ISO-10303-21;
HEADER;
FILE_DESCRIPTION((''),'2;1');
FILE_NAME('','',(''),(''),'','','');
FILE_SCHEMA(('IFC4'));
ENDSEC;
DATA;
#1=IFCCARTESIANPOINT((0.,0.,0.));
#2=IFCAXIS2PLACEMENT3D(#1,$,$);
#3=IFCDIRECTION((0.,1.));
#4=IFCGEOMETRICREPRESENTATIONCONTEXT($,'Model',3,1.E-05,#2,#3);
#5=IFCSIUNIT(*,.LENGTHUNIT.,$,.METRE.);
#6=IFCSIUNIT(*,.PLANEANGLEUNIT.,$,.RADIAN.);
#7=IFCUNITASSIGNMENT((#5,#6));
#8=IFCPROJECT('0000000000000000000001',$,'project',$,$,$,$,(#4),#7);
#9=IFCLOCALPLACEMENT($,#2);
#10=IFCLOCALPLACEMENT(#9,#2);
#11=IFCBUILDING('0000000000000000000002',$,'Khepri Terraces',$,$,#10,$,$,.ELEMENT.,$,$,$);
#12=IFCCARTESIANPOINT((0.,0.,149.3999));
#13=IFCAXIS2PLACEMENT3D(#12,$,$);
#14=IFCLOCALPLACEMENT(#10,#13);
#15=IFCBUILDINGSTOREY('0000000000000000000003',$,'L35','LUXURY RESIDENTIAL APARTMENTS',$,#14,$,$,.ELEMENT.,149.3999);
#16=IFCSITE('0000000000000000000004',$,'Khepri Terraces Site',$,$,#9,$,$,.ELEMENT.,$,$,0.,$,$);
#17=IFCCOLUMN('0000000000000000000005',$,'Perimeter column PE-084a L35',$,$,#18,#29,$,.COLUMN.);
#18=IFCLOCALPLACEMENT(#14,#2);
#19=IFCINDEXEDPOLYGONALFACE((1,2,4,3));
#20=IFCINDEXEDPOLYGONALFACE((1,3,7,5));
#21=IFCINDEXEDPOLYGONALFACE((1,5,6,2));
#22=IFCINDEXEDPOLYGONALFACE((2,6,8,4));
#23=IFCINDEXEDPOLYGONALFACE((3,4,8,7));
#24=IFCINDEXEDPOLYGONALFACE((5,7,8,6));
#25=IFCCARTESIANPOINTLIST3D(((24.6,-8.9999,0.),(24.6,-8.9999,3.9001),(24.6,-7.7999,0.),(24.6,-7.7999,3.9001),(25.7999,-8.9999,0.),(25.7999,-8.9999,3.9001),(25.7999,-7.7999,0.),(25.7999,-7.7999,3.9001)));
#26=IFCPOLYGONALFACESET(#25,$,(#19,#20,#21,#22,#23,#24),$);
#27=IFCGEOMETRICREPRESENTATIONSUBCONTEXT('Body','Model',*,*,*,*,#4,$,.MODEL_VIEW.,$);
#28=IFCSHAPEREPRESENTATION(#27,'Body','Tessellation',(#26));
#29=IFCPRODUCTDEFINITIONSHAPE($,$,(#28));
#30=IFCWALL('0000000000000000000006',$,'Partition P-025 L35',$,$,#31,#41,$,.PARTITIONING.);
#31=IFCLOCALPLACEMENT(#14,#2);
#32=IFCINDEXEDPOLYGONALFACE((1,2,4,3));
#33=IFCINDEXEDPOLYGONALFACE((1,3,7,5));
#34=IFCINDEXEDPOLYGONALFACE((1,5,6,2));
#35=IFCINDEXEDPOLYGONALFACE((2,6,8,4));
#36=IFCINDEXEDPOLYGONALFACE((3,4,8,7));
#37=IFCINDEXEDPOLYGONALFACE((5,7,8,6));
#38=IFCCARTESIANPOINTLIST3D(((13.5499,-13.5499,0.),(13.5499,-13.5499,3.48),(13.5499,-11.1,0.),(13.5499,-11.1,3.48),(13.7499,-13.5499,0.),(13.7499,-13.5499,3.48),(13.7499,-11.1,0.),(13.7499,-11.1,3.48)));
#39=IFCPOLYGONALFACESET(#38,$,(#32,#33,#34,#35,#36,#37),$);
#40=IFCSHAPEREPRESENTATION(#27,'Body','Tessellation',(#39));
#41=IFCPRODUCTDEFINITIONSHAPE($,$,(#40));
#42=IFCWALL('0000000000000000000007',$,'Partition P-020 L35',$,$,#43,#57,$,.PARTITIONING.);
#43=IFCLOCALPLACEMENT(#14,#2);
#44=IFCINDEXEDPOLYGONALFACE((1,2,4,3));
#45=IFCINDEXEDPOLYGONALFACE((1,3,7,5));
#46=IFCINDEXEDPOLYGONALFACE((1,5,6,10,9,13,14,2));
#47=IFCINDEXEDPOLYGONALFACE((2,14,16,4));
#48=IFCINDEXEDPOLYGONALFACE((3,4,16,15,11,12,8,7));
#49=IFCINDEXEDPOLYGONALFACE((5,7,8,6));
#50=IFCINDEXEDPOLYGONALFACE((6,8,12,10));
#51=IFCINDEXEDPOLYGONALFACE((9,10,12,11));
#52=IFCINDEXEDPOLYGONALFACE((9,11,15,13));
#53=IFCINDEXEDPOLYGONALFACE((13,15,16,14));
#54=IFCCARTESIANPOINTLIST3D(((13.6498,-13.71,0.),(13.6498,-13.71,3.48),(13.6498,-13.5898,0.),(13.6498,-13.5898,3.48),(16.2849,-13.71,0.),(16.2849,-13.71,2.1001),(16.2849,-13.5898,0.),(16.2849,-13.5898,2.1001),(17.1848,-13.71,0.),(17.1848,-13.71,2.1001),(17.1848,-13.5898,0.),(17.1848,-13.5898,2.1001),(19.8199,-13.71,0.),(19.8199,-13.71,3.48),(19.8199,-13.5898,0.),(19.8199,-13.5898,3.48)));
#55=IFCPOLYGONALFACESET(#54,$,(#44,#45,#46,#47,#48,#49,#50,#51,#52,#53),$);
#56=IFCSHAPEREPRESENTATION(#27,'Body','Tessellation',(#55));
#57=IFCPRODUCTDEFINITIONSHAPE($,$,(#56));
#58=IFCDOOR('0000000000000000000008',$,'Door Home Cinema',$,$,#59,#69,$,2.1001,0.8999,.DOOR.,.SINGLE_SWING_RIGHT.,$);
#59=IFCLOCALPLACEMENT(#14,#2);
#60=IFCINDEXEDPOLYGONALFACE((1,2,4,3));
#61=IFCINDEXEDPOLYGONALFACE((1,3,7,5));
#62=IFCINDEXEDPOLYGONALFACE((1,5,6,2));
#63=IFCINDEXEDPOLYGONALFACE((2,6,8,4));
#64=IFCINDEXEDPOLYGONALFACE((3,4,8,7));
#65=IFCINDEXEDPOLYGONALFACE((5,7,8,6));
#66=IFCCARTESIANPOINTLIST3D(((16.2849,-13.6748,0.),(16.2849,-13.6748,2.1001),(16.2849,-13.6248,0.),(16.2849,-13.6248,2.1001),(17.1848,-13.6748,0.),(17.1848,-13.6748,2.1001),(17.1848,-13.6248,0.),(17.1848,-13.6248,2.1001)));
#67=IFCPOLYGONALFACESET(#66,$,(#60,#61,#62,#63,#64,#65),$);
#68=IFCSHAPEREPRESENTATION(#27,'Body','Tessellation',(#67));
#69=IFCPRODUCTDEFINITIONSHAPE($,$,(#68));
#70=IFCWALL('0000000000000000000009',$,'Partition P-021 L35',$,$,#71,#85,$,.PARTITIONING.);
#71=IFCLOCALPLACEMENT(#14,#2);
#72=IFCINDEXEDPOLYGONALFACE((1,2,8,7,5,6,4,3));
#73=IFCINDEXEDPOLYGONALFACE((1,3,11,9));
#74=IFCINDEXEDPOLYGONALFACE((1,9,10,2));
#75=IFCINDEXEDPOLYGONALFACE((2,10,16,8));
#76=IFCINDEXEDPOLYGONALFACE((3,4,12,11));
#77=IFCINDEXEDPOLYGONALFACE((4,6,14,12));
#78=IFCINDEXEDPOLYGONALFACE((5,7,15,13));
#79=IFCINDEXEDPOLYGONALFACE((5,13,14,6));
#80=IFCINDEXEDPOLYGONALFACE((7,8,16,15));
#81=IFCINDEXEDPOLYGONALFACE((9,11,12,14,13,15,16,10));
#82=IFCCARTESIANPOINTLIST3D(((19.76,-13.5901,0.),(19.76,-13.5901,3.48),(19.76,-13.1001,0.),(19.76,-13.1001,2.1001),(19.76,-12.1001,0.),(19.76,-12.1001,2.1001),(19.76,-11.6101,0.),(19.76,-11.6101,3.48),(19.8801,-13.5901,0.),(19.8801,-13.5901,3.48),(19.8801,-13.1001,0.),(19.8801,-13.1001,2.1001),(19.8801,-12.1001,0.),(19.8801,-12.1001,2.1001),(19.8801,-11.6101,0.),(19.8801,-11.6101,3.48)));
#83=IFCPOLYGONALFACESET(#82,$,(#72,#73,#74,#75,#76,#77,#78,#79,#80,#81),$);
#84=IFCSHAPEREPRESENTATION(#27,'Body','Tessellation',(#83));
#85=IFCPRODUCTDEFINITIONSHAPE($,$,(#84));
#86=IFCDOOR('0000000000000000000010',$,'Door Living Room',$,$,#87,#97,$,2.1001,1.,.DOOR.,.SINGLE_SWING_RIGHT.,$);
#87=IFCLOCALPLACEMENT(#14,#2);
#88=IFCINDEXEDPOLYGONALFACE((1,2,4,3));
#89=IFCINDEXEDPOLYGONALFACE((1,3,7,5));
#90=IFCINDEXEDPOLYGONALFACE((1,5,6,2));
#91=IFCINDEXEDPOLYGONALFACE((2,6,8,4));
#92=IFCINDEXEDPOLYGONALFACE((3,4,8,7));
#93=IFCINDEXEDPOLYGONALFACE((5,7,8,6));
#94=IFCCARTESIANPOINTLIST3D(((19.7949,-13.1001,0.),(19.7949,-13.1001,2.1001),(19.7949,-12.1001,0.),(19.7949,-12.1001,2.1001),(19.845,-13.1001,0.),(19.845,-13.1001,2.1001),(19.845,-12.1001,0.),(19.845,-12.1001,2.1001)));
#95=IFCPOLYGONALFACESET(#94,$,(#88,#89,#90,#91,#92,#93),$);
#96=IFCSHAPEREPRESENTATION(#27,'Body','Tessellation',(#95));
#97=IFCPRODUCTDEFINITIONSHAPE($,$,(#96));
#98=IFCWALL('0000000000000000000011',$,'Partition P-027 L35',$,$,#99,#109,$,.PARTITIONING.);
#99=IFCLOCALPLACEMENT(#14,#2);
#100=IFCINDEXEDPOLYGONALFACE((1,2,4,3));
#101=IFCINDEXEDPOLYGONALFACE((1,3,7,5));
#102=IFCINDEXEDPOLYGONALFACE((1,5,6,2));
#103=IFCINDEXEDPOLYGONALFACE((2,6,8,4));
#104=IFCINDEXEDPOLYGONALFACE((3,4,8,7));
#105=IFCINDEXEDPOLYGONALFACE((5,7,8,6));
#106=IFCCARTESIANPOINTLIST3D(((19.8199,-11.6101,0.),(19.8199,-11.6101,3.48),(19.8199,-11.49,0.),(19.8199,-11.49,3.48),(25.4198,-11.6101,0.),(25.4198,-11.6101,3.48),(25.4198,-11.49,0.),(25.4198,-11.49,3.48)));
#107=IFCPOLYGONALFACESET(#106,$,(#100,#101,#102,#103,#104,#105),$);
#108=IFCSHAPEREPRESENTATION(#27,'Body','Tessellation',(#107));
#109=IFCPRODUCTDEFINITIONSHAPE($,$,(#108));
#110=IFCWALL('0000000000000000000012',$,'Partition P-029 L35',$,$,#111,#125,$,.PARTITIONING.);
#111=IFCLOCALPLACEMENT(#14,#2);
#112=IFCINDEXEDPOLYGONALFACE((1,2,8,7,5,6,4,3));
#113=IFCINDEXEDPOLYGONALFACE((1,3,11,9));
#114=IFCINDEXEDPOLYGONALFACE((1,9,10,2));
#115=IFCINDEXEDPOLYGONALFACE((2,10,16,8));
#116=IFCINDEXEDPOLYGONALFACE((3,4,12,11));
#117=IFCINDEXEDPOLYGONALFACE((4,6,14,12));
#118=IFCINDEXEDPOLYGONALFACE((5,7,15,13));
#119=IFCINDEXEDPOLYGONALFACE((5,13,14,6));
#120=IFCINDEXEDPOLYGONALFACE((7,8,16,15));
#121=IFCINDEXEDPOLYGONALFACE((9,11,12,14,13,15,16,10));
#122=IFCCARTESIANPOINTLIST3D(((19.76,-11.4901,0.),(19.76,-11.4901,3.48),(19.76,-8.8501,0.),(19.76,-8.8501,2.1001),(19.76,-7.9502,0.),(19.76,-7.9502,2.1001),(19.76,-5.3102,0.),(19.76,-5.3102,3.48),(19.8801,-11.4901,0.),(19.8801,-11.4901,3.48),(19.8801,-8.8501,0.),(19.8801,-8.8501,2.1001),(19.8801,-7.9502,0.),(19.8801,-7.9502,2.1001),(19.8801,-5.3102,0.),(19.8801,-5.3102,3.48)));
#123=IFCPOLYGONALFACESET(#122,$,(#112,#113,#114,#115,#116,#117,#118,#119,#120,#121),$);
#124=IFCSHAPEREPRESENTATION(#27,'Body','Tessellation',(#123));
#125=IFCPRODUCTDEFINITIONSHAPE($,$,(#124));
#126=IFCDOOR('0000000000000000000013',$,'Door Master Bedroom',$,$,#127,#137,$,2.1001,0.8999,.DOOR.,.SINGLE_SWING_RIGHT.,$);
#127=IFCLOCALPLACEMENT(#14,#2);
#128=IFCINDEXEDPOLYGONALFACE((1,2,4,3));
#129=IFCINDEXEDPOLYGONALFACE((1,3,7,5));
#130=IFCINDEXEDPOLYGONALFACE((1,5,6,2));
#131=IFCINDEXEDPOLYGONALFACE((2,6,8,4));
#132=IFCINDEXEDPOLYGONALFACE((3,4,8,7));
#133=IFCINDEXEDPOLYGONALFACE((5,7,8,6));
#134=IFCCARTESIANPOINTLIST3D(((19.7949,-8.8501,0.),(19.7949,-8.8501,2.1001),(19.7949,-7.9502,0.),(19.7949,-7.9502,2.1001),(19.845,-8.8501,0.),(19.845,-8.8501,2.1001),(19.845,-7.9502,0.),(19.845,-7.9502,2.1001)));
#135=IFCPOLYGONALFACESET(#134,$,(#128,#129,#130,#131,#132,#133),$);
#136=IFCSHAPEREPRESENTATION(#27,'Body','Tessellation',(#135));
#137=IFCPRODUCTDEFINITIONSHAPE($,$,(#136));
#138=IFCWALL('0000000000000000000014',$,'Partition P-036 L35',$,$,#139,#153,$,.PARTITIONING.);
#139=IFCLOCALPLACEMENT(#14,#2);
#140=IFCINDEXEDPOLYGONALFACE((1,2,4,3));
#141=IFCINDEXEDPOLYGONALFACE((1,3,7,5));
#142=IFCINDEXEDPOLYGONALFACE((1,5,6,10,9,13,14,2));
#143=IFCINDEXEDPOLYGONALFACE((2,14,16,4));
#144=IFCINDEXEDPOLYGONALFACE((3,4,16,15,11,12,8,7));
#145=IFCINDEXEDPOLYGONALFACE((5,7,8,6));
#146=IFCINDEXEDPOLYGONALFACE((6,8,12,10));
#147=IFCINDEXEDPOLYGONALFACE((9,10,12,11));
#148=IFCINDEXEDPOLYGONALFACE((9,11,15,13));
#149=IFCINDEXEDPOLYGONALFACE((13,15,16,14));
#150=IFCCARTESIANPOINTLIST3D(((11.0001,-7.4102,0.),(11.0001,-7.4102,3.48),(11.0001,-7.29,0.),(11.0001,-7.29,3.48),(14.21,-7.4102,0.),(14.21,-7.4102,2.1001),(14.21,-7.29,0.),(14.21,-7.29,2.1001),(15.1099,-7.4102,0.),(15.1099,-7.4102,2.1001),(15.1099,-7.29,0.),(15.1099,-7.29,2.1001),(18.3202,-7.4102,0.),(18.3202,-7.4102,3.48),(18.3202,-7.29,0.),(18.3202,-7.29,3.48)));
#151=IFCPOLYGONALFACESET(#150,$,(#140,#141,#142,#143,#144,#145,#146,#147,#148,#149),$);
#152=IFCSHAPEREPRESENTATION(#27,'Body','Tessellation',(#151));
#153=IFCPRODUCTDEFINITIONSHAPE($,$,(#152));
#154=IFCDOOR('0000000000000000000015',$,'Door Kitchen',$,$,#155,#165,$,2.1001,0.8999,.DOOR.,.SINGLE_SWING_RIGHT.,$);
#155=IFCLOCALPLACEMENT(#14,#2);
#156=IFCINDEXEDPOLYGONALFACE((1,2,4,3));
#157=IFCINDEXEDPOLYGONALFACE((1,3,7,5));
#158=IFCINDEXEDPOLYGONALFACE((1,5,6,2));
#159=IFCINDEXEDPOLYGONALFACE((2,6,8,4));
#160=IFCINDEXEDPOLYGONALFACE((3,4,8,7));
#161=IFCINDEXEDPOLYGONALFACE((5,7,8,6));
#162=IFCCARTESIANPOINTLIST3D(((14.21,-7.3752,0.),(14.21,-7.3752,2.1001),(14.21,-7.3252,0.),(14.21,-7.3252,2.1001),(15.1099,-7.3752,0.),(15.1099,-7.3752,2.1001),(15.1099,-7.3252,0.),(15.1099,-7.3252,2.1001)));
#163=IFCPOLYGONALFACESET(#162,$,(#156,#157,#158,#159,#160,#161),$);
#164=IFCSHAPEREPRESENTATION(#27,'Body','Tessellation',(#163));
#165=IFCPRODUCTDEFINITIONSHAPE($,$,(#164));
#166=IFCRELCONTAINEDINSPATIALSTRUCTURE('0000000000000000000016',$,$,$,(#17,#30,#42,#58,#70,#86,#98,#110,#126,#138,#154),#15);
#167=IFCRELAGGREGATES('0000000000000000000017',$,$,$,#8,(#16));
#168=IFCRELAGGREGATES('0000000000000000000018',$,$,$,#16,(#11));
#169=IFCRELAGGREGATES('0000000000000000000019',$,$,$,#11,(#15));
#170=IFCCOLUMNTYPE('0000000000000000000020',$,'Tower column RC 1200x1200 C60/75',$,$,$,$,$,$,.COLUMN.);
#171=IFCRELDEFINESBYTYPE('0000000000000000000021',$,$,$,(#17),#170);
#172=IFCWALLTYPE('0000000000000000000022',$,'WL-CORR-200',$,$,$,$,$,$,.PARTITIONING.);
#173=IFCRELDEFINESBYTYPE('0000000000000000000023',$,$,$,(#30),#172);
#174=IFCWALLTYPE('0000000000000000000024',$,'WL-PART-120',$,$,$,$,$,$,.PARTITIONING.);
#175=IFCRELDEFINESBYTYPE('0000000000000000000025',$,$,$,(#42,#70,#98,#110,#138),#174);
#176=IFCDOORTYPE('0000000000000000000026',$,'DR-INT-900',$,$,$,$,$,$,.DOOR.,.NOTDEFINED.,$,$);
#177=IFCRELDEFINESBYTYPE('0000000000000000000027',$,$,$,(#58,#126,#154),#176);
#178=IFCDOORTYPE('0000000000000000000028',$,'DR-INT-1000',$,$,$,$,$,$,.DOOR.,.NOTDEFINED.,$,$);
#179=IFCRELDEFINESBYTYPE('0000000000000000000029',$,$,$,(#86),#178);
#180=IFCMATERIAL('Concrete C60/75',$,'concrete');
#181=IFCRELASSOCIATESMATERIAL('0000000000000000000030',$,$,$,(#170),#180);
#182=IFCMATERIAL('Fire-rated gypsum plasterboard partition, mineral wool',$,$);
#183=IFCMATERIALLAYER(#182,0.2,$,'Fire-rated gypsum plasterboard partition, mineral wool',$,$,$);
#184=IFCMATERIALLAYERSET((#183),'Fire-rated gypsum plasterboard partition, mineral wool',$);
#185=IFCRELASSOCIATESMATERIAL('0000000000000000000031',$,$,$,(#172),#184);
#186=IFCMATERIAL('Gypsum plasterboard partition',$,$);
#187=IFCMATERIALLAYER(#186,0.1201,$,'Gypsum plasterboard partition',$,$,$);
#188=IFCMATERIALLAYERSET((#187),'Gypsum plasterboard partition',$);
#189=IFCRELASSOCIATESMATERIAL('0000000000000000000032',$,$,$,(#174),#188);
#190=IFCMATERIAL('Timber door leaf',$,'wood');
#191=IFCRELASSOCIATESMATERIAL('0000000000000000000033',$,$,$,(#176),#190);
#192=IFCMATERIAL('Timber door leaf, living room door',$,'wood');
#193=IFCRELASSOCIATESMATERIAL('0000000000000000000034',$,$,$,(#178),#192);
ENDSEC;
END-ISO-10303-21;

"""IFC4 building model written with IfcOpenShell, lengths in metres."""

from ifc_helpers import new_model, si_unit, direction, frame, frame_2d, origin, origin_2d, place, context, subcontext, project, spatial, rectangle, extrude, material, layer, layer_set, material_profile, profile_set, type_object, element, fill, save


model = new_model("IFC4")

# Units and contexts
model_context = context("Model", 3, precision=1e-05, world=origin(), true_north=direction((0.0, 1.0)))
body_context = subcontext(model_context, "Body", "Model", "MODEL_VIEW")
ifc_project = project(units=[si_unit("LENGTHUNIT", "METRE"), si_unit("PLANEANGLEUNIT", "RADIAN")], contexts=[model_context])

# Site, building, storey
site_placement = place(None, origin())
site = spatial("IfcSite", under=ifc_project, at=site_placement, Name="Khepri Terraces Site", CompositionType="ELEMENT", RefElevation=0.0)
building_placement = place(site_placement, origin())
building = spatial("IfcBuilding", under=site, at=building_placement, Name="Khepri Terraces", CompositionType="ELEMENT")
storey_placement = place(building_placement, frame((0.0, 0.0, 149.3999)))
storey = spatial("IfcBuildingStorey", under=building, at=storey_placement, Name="L35", Description="LUXURY RESIDENTIAL APARTMENTS", CompositionType="ELEMENT", Elevation=149.3999)

# Column
ifc_material_1 = material(Name="Concrete C60/75", Category="concrete")
ifc_material_profile = material_profile(ifc_material_1, rectangle(XDim=1.2, YDim=1.2, at=origin_2d()), Name="Concrete C60/75", Category="concrete")
ifc_profile_set = profile_set([ifc_material_profile], Name="Concrete C60/75")
column_type = type_object("IfcColumnType", Name="Tower column RC 1200x1200 C60/75", PredefinedType="COLUMN", material=ifc_profile_set)
column_placement = place(storey_placement, frame((25.2, -8.3999, 0.0), z_axis=(0.0, 0.0, 1.0), x_axis=(1.0, 0.0, 0.0)))
element("IfcColumn", 1, at=column_placement, inside=storey, type_object=column_type, Name="Perimeter column PE-084a L35", PredefinedType="COLUMN", context=body_context, shape_type="SweptSolid", body=[
    extrude(rectangle(XDim=1.2, YDim=1.2, at=origin_2d()), origin(), (0.0, 0.0, 1.0), 3.9001),
])

# Wall
ifc_material_2 = material(Name="Fire-rated gypsum plasterboard partition, mineral wool")
ifc_layer_1 = layer(ifc_material_2, 0.2, Name="Fire-rated gypsum plasterboard partition, mineral wool")
ifc_layer_set_1 = layer_set([ifc_layer_1], Name="Fire-rated gypsum plasterboard partition, mineral wool")
wall_type_1 = type_object("IfcWallType", Name="WL-CORR-200", PredefinedType="PARTITIONING", material=ifc_layer_set_1)
wall_1_placement = place(storey_placement, frame((13.6499, -13.55, 0.0), z_axis=(0.0, 0.0, 1.0), x_axis=(0.0, 1.0, 0.0)))
element("IfcWall", 2, at=wall_1_placement, inside=storey, type_object=wall_type_1, Name="Partition P-025 L35", PredefinedType="PARTITIONING", context=body_context, shape_type="SweptSolid", body=[
    extrude(rectangle(XDim=2.45, YDim=0.2, at=frame_2d((1.2251, 0.0))), origin(), (0.0, 0.0, 1.0), 3.48),
])

# Walls, openings, doors
ifc_material_3 = material(Name="Gypsum plasterboard partition")
ifc_layer_2 = layer(ifc_material_3, 0.1201, Name="Gypsum plasterboard partition")
ifc_layer_set_2 = layer_set([ifc_layer_2], Name="Gypsum plasterboard partition")
wall_type_2 = type_object("IfcWallType", Name="WL-PART-120", PredefinedType="PARTITIONING", material=ifc_layer_set_2)
wall_2_placement = place(storey_placement, frame((13.6499, -13.6499, 0.0), z_axis=(0.0, 0.0, 1.0), x_axis=(1.0, 0.0, 0.0)))
wall_2 = element("IfcWall", 3, at=wall_2_placement, inside=storey, type_object=wall_type_2, Name="Partition P-020 L35", PredefinedType="PARTITIONING", context=body_context, shape_type="SweptSolid", body=[
    extrude(rectangle(XDim=6.1702, YDim=0.1201, at=frame_2d((3.085, 0.0))), origin(), (0.0, 0.0, 1.0), 3.48),
])
opening_1_placement = place(wall_2_placement, frame((2.635, 0.0, 0.0)))
opening_1 = element("IfcOpeningElement", 4, at=opening_1_placement, cuts=wall_2, PredefinedType="OPENING", context=body_context, shape_type="SweptSolid", body=[
    extrude(rectangle(XDim=0.8999, YDim=2.1001, at=frame_2d((0.45, 1.05))), frame((0.0, 0.0701, 0.0), z_axis=(0.0, -1.0, 0.0), x_axis=(1.0, 0.0, 0.0)), (0.0, 0.0, 1.0), 0.1401),
])
ifc_material_4 = material(Name="Timber door leaf", Category="wood")
door_type_1 = type_object("IfcDoorType", Name="DR-INT-900", OperationType="NOTDEFINED", PredefinedType="DOOR", material=ifc_material_4)
door_1_placement = place(opening_1_placement, frame((0.8999, 0.0, 0.0), z_axis=(0.0, 0.0, 1.0), x_axis=(-1.0, 0.0, 0.0)))
door_1 = element("IfcDoor", 5, at=door_1_placement, inside=storey, type_object=door_type_1, Name="Door Home Cinema", OperationType="SINGLE_SWING_RIGHT", OverallHeight=2.1001, OverallWidth=0.8999, PredefinedType="DOOR", context=body_context, shape_type="SweptSolid", body=[
    extrude(rectangle(XDim=0.8999, YDim=2.1001, at=frame_2d((0.45, 1.05))), frame((0.0, 0.0249, 0.0), z_axis=(0.0, -1.0, 0.0), x_axis=(1.0, 0.0, 0.0)), (0.0, 0.0, 1.0), 0.05),
])
fill(opening_1, door_1)
wall_3_placement = place(storey_placement, frame((19.8201, -13.5901, 0.0), z_axis=(0.0, 0.0, 1.0), x_axis=(0.0, 1.0, 0.0)))
wall_3 = element("IfcWall", 6, at=wall_3_placement, inside=storey, type_object=wall_type_2, Name="Partition P-021 L35", PredefinedType="PARTITIONING", context=body_context, shape_type="SweptSolid", body=[
    extrude(rectangle(XDim=1.98, YDim=0.1201, at=frame_2d((0.99, 0.0))), origin(), (0.0, 0.0, 1.0), 3.48),
])
opening_2_placement = place(wall_3_placement, frame((0.49, 0.0, 0.0)))
opening_2 = element("IfcOpeningElement", 7, at=opening_2_placement, cuts=wall_3, PredefinedType="OPENING", context=body_context, shape_type="SweptSolid", body=[
    extrude(rectangle(XDim=1.0, YDim=2.1001, at=frame_2d((0.5, 1.05))), frame((0.0, 0.0701, 0.0), z_axis=(0.0, -1.0, 0.0), x_axis=(1.0, 0.0, 0.0)), (0.0, 0.0, 1.0), 0.1401),
])
ifc_material_5 = material(Name="Timber door leaf, living room door", Category="wood")
door_type_2 = type_object("IfcDoorType", Name="DR-INT-1000", OperationType="NOTDEFINED", PredefinedType="DOOR", material=ifc_material_5)
door_2_placement = place(opening_2_placement, frame((1.0, 0.0, 0.0), z_axis=(0.0, 0.0, 1.0), x_axis=(-1.0, 0.0, 0.0)))
door_2 = element("IfcDoor", 8, at=door_2_placement, inside=storey, type_object=door_type_2, Name="Door Living Room", OperationType="SINGLE_SWING_RIGHT", OverallHeight=2.1001, OverallWidth=1.0, PredefinedType="DOOR", context=body_context, shape_type="SweptSolid", body=[
    extrude(rectangle(XDim=1.0, YDim=2.1001, at=frame_2d((0.5, 1.05))), frame((0.0, 0.0249, 0.0), z_axis=(0.0, -1.0, 0.0), x_axis=(1.0, 0.0, 0.0)), (0.0, 0.0, 1.0), 0.05),
])
fill(opening_2, door_2)

# Wall
wall_4_placement = place(storey_placement, frame((19.8201, -11.55, 0.0), z_axis=(0.0, 0.0, 1.0), x_axis=(1.0, 0.0, 0.0)))
element("IfcWall", 9, at=wall_4_placement, inside=storey, type_object=wall_type_2, Name="Partition P-027 L35", PredefinedType="PARTITIONING", context=body_context, shape_type="SweptSolid", body=[
    extrude(rectangle(XDim=5.5999, YDim=0.1201, at=frame_2d((2.7998, 0.0))), origin(), (0.0, 0.0, 1.0), 3.48),
])

# Walls, openings, doors
wall_5_placement = place(storey_placement, frame((19.8201, -11.49, 0.0), z_axis=(0.0, 0.0, 1.0), x_axis=(0.0, 1.0, 0.0)))
wall_5 = element("IfcWall", 10, at=wall_5_placement, inside=storey, type_object=wall_type_2, Name="Partition P-029 L35", PredefinedType="PARTITIONING", context=body_context, shape_type="SweptSolid", body=[
    extrude(rectangle(XDim=6.1799, YDim=0.1201, at=frame_2d((3.0898, 0.0))), origin(), (0.0, 0.0, 1.0), 3.48),
])
opening_3_placement = place(wall_5_placement, frame((2.6399, 0.0, 0.0)))
opening_3 = element("IfcOpeningElement", 11, at=opening_3_placement, cuts=wall_5, PredefinedType="OPENING", context=body_context, shape_type="SweptSolid", body=[
    extrude(rectangle(XDim=0.8999, YDim=2.1001, at=frame_2d((0.45, 1.05))), frame((0.0, 0.0701, 0.0), z_axis=(0.0, -1.0, 0.0), x_axis=(1.0, 0.0, 0.0)), (0.0, 0.0, 1.0), 0.1401),
])
door_3_placement = place(opening_3_placement, frame((0.8999, 0.0, 0.0), z_axis=(0.0, 0.0, 1.0), x_axis=(-1.0, 0.0, 0.0)))
door_3 = element("IfcDoor", 12, at=door_3_placement, inside=storey, type_object=door_type_1, Name="Door Master Bedroom", OperationType="SINGLE_SWING_RIGHT", OverallHeight=2.1001, OverallWidth=0.8999, PredefinedType="DOOR", context=body_context, shape_type="SweptSolid", body=[
    extrude(rectangle(XDim=0.8999, YDim=2.1001, at=frame_2d((0.45, 1.05))), frame((0.0, 0.0249, 0.0), z_axis=(0.0, -1.0, 0.0), x_axis=(1.0, 0.0, 0.0)), (0.0, 0.0, 1.0), 0.05),
])
fill(opening_3, door_3)
wall_6_placement = place(storey_placement, frame((11.0, -7.3501, 0.0), z_axis=(0.0, 0.0, 1.0), x_axis=(1.0, 0.0, 0.0)))
wall_6 = element("IfcWall", 13, at=wall_6_placement, inside=storey, type_object=wall_type_2, Name="Partition P-036 L35", PredefinedType="PARTITIONING", context=body_context, shape_type="SweptSolid", body=[
    extrude(rectangle(XDim=7.3201, YDim=0.1201, at=frame_2d((3.6602, 0.0))), origin(), (0.0, 0.0, 1.0), 3.48),
])
opening_4_placement = place(wall_6_placement, frame((3.21, 0.0, 0.0)))
opening_4 = element("IfcOpeningElement", 14, at=opening_4_placement, cuts=wall_6, PredefinedType="OPENING", context=body_context, shape_type="SweptSolid", body=[
    extrude(rectangle(XDim=0.8999, YDim=2.1001, at=frame_2d((0.45, 1.05))), frame((0.0, 0.0701, 0.0), z_axis=(0.0, -1.0, 0.0), x_axis=(1.0, 0.0, 0.0)), (0.0, 0.0, 1.0), 0.1401),
])
door_4_placement = place(opening_4_placement, origin())
door_4 = element("IfcDoor", 15, at=door_4_placement, inside=storey, type_object=door_type_1, Name="Door Kitchen", OperationType="SINGLE_SWING_RIGHT", OverallHeight=2.1001, OverallWidth=0.8999, PredefinedType="DOOR", context=body_context, shape_type="SweptSolid", body=[
    extrude(rectangle(XDim=0.8999, YDim=2.1001, at=frame_2d((0.45, 1.05))), frame((0.0, 0.0249, 0.0), z_axis=(0.0, -1.0, 0.0), x_axis=(1.0, 0.0, 0.0)), (0.0, 0.0, 1.0), 0.05),
])
fill(opening_4, door_4)

save(model, "model.ifc")
